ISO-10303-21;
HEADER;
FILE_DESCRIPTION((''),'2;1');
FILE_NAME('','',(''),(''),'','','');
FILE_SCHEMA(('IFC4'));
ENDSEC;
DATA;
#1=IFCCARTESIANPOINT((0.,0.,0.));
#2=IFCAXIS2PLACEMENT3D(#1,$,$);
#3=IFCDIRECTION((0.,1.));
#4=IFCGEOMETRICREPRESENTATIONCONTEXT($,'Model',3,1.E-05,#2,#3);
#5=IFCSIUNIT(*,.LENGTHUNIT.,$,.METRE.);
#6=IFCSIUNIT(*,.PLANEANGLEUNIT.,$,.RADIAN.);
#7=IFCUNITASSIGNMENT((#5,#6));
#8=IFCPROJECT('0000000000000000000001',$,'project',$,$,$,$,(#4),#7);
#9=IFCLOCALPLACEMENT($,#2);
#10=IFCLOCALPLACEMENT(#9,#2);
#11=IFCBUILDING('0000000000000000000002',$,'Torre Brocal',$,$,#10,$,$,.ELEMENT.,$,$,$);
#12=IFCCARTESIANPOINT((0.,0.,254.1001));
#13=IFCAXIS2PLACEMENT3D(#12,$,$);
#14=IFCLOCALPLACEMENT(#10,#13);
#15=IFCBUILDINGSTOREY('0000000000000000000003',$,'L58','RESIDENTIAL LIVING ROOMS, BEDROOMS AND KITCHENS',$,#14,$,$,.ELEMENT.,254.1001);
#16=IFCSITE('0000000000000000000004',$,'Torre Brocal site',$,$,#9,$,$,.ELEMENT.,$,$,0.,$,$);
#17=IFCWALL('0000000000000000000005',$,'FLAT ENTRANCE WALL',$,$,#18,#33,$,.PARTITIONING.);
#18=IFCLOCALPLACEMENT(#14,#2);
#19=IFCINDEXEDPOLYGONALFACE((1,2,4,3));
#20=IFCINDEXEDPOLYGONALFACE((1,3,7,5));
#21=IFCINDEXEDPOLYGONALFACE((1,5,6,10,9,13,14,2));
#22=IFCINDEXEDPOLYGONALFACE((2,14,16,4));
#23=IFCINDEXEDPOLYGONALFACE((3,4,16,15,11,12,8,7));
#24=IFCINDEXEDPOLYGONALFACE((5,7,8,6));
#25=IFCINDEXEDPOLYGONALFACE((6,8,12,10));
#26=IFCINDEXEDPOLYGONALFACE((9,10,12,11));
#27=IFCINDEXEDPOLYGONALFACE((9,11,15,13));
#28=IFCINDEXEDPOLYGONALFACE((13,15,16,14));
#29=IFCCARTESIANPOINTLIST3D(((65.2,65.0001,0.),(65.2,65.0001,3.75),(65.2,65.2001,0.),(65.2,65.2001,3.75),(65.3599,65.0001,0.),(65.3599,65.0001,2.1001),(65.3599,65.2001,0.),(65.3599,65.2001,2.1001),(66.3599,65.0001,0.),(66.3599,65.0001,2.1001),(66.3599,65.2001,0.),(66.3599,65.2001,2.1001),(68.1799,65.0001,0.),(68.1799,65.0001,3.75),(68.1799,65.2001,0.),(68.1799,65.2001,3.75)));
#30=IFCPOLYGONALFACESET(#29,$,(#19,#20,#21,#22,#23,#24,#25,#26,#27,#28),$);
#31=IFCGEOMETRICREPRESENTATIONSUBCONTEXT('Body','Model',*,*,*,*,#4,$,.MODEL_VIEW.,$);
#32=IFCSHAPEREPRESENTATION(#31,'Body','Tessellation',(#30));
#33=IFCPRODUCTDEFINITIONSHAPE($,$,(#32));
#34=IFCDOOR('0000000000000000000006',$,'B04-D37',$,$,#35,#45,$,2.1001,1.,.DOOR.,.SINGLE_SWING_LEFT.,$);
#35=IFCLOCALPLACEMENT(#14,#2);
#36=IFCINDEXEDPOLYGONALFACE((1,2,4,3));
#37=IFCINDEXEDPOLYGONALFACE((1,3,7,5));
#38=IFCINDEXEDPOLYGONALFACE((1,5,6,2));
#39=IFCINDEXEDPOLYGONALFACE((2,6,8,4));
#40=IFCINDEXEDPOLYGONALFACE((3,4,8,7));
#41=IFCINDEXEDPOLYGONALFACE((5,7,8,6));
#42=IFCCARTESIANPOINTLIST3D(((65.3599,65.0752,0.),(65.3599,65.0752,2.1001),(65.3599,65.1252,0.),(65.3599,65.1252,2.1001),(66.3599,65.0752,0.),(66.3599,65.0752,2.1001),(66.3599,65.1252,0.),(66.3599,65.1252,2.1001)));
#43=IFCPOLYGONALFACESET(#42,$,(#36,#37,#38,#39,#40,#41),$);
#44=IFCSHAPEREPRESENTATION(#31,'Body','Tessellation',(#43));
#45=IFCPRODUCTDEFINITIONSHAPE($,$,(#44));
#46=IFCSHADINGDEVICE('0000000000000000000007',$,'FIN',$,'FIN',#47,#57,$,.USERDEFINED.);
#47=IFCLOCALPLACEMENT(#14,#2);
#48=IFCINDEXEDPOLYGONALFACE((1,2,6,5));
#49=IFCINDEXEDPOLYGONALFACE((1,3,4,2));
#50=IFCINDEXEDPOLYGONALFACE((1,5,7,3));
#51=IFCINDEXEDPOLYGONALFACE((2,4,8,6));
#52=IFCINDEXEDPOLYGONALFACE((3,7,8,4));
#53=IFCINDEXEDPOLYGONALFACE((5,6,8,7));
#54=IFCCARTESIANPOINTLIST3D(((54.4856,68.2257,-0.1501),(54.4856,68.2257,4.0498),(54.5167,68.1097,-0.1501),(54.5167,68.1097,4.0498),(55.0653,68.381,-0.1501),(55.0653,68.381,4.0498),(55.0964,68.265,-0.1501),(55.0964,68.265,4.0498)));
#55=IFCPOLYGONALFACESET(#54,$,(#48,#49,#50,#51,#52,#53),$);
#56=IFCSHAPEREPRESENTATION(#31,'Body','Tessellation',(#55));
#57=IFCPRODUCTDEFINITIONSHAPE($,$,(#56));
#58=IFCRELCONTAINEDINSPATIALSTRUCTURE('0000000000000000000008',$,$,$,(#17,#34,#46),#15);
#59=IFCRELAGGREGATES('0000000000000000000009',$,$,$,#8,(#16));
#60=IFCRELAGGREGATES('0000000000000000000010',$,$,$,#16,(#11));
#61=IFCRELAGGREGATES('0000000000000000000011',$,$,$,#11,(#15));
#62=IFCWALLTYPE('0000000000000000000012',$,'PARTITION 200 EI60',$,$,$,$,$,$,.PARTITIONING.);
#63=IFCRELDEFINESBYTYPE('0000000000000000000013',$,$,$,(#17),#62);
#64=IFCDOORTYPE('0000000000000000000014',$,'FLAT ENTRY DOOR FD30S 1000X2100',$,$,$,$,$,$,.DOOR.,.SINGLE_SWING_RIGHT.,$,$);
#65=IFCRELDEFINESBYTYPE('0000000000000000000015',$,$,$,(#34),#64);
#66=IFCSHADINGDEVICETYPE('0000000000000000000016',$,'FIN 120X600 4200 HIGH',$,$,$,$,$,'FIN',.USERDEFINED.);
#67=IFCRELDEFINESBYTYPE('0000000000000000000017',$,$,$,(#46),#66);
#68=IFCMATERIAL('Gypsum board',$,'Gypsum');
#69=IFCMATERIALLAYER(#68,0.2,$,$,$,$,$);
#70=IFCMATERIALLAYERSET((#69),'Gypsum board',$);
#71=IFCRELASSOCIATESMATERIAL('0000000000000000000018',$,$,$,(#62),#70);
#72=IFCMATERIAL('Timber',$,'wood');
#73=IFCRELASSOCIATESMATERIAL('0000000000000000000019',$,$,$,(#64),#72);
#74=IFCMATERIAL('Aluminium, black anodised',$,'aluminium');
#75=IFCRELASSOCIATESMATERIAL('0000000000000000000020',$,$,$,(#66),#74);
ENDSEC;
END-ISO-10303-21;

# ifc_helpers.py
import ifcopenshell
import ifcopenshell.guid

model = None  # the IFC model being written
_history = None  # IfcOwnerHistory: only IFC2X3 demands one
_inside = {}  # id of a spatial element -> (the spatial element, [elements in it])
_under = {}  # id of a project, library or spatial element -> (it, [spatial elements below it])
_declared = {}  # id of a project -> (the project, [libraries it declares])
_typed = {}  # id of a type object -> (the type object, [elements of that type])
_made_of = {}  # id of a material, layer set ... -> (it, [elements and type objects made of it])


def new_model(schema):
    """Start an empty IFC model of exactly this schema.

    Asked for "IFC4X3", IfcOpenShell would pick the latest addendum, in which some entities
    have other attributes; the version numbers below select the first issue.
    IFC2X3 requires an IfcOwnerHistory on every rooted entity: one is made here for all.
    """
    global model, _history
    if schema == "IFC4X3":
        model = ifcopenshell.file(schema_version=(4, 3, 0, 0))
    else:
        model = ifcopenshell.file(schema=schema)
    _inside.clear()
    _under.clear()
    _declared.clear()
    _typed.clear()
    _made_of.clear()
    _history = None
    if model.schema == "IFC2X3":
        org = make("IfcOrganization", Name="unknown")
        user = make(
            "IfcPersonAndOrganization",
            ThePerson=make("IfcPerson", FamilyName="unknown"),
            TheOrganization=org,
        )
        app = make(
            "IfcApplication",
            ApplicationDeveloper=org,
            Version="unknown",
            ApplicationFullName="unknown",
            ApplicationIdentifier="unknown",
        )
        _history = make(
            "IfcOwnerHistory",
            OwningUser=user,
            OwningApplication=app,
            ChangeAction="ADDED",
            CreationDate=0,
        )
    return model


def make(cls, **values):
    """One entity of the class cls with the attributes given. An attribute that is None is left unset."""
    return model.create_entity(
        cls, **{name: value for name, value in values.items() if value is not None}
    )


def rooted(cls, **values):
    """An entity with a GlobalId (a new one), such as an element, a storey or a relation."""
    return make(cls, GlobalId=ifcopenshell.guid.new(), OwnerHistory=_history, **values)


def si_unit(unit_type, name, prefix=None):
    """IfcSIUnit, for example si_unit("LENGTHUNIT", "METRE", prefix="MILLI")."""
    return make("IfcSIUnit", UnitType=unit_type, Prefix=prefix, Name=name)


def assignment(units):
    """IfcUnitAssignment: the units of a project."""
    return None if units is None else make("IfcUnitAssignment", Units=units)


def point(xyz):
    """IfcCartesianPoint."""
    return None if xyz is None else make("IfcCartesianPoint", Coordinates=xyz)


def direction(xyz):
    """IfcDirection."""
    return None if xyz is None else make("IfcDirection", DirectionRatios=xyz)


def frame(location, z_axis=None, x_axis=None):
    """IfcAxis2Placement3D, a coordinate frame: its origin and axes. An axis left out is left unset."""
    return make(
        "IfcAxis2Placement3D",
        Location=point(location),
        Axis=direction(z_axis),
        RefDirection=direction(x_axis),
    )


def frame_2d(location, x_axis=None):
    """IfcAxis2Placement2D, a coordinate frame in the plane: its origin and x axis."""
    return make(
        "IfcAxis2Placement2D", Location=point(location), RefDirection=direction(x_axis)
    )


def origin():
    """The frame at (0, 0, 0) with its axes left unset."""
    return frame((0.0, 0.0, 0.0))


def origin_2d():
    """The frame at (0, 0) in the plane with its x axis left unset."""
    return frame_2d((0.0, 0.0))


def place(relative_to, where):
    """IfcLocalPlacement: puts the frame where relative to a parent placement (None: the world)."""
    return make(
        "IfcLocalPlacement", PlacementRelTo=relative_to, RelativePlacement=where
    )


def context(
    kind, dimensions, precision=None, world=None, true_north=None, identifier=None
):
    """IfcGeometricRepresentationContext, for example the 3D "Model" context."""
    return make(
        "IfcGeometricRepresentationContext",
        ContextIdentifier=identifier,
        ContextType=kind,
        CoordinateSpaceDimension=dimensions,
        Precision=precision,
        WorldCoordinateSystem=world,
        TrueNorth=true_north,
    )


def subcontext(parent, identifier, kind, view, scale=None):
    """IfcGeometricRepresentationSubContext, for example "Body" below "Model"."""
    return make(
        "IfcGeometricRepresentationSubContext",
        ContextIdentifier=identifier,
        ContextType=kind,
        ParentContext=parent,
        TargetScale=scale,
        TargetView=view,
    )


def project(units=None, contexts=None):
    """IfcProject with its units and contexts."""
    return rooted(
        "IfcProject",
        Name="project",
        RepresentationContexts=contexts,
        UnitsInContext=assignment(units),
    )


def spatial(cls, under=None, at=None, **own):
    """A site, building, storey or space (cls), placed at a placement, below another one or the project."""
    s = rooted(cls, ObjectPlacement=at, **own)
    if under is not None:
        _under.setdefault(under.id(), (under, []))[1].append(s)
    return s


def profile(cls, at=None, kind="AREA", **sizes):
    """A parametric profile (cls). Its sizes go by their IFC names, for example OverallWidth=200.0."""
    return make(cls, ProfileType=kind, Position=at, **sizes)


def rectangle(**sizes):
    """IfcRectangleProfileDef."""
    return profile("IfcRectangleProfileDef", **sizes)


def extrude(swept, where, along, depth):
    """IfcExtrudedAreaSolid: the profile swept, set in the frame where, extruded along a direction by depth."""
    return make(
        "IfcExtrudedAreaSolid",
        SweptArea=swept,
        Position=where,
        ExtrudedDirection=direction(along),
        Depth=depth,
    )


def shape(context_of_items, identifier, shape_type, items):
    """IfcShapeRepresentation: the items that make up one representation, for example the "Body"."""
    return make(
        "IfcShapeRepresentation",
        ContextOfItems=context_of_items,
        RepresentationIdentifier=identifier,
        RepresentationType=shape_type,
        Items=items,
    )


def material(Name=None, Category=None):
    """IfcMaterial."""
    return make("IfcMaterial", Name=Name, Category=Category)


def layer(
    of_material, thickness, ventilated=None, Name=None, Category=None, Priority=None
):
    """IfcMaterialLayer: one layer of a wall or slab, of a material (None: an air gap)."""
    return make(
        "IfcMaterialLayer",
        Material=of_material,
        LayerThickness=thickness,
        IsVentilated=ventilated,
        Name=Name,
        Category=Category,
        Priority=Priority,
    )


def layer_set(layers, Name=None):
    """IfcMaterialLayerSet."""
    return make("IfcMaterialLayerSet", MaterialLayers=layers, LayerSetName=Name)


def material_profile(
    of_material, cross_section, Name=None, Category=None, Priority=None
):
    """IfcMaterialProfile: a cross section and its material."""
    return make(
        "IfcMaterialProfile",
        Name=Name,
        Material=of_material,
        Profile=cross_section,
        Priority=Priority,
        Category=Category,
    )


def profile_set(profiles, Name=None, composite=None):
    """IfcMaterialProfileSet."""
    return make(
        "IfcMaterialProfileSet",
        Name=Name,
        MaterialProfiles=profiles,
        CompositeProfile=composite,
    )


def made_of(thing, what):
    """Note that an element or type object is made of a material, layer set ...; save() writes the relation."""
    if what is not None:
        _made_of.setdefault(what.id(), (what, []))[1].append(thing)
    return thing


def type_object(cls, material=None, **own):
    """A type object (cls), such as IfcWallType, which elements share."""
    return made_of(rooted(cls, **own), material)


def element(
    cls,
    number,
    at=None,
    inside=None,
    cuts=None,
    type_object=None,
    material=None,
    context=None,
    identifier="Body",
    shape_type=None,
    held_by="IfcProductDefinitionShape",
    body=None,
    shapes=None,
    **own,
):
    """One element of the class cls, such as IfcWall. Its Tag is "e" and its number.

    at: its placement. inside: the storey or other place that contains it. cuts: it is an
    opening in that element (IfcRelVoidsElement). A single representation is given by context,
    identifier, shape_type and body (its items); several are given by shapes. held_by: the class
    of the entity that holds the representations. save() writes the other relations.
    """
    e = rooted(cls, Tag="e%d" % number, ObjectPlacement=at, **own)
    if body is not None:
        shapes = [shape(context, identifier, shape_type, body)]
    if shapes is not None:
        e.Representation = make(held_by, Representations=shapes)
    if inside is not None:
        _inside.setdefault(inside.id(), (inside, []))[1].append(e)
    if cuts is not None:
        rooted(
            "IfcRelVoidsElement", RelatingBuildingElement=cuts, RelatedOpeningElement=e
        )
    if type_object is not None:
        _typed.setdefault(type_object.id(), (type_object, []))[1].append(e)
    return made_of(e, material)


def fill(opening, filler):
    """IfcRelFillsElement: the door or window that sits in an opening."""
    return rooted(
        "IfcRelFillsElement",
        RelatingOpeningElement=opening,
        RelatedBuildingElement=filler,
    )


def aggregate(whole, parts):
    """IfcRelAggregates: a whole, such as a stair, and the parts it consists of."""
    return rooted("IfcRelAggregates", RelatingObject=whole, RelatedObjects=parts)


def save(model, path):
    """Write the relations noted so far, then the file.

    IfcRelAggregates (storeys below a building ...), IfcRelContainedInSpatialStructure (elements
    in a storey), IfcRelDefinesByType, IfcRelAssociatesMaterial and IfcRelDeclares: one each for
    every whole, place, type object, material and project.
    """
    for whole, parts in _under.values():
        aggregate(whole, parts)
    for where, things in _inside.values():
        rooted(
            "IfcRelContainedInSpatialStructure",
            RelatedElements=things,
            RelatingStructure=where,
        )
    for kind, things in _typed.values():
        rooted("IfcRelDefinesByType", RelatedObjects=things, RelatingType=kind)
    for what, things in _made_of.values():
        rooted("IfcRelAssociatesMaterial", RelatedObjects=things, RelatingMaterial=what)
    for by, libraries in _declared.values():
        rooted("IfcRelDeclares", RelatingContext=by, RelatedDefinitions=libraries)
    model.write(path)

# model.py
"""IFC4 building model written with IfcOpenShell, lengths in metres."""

from ifc_helpers import new_model, si_unit, direction, frame, frame_2d, origin, origin_2d, place, context, subcontext, project, spatial, rectangle, extrude, material, layer, layer_set, material_profile, profile_set, type_object, element, fill, save


model = new_model("IFC4")

# Units and contexts
model_context = context("Model", 3, precision=1e-05, world=origin(), true_north=direction((0.0, 1.0)))
body_context = subcontext(model_context, "Body", "Model", "MODEL_VIEW")
ifc_project = project(units=[si_unit("LENGTHUNIT", "METRE"), si_unit("PLANEANGLEUNIT", "RADIAN")], contexts=[model_context])

# Site, building, storey
site_placement = place(None, origin())
site = spatial("IfcSite", under=ifc_project, at=site_placement, Name="Torre Brocal site", CompositionType="ELEMENT", RefElevation=0.0)
building_placement = place(site_placement, origin())
building = spatial("IfcBuilding", under=site, at=building_placement, Name="Torre Brocal", CompositionType="ELEMENT")
storey_placement = place(building_placement, frame((0.0, 0.0, 254.1001)))
storey = spatial("IfcBuildingStorey", under=building, at=storey_placement, Name="L58", Description="RESIDENTIAL LIVING ROOMS, BEDROOMS AND KITCHENS", CompositionType="ELEMENT", Elevation=254.1001)

# Wall, opening, door
ifc_material_1 = material(Name="Gypsum board", Category="Gypsum")
ifc_layer_1 = layer(ifc_material_1, 0.2)
ifc_layer_set_1 = layer_set([ifc_layer_1], Name="Gypsum board")
wall_type_1 = type_object("IfcWallType", Name="PARTITION 200 EI60", PredefinedType="PARTITIONING", material=ifc_layer_set_1)
wall_1_placement = place(storey_placement, frame((65.2, 65.1001, 0.0), z_axis=(0.0, 0.0, 1.0), x_axis=(1.0, 0.0, 0.0)))
wall_1 = element("IfcWall", 1, at=wall_1_placement, inside=storey, type_object=wall_type_1, Name="FLAT ENTRANCE WALL", PredefinedType="PARTITIONING", context=body_context, shape_type="SweptSolid", body=[
    extrude(rectangle(XDim=2.98, YDim=0.2, at=frame_2d((1.49, 0.0))), origin(), (0.0, 0.0, 1.0), 3.75),
])
opening_1_placement = place(wall_1_placement, frame((0.1599, 0.0, 0.0)))
opening_1 = element("IfcOpeningElement", 2, at=opening_1_placement, cuts=wall_1, PredefinedType="OPENING", context=body_context, shape_type="SweptSolid", body=[
    extrude(rectangle(XDim=1.0, YDim=2.1001, at=frame_2d((0.5, 1.05))), frame((0.0, 0.1099, 0.0), z_axis=(0.0, -1.0, 0.0), x_axis=(1.0, 0.0, 0.0)), (0.0, 0.0, 1.0), 0.22),
])
ifc_material_2 = material(Name="Timber", Category="wood")
door_type_1 = type_object("IfcDoorType", Name="FLAT ENTRY DOOR FD30S 1000X2100", OperationType="SINGLE_SWING_RIGHT", PredefinedType="DOOR", material=ifc_material_2)
door_1_placement = place(opening_1_placement, frame((1.0, 0.0, 0.0), z_axis=(0.0, 0.0, 1.0), x_axis=(-1.0, 0.0, 0.0)))
door_1 = element("IfcDoor", 3, at=door_1_placement, inside=storey, type_object=door_type_1, Name="B04-D37", OperationType="SINGLE_SWING_LEFT", OverallHeight=2.1001, OverallWidth=1.0, PredefinedType="DOOR", context=body_context, shape_type="SweptSolid", body=[
    extrude(rectangle(XDim=1.0, YDim=2.1001, at=frame_2d((0.5, 1.05))), frame((0.0, 0.0249, 0.0), z_axis=(0.0, -1.0, 0.0), x_axis=(1.0, 0.0, 0.0)), (0.0, 0.0, 1.0), 0.05),
])
fill(opening_1, door_1)

# Shading device
ifc_material_3 = material(Name="Aluminium, black anodised", Category="aluminium")
ifc_material_profile_1 = material_profile(ifc_material_3, rectangle(XDim=0.1201, YDim=0.6001, at=origin_2d()), Name="FIN 120X600 4200 HIGH")
ifc_profile_set_1 = profile_set([ifc_material_profile_1], Name="Aluminium, black anodised")
shading_device_type = type_object("IfcShadingDeviceType", Name="FIN 120X600 4200 HIGH", ElementType="FIN", PredefinedType="USERDEFINED", material=ifc_profile_set_1)
shading_device_placement = place(storey_placement, frame((54.791, 68.2454, -0.1501), z_axis=(0.0, 0.0, 1.0), x_axis=(0.258819, -0.965926, 0.0)))
element("IfcShadingDevice", 4, at=shading_device_placement, inside=storey, type_object=shading_device_type, Name="FIN", ObjectType="FIN", PredefinedType="USERDEFINED", context=body_context, shape_type="SweptSolid", body=[
    extrude(rectangle(XDim=0.1201, YDim=0.6001, at=origin_2d()), origin(), (0.0, 0.0, 1.0), 4.2),
])

save(model, "model.ifc")
